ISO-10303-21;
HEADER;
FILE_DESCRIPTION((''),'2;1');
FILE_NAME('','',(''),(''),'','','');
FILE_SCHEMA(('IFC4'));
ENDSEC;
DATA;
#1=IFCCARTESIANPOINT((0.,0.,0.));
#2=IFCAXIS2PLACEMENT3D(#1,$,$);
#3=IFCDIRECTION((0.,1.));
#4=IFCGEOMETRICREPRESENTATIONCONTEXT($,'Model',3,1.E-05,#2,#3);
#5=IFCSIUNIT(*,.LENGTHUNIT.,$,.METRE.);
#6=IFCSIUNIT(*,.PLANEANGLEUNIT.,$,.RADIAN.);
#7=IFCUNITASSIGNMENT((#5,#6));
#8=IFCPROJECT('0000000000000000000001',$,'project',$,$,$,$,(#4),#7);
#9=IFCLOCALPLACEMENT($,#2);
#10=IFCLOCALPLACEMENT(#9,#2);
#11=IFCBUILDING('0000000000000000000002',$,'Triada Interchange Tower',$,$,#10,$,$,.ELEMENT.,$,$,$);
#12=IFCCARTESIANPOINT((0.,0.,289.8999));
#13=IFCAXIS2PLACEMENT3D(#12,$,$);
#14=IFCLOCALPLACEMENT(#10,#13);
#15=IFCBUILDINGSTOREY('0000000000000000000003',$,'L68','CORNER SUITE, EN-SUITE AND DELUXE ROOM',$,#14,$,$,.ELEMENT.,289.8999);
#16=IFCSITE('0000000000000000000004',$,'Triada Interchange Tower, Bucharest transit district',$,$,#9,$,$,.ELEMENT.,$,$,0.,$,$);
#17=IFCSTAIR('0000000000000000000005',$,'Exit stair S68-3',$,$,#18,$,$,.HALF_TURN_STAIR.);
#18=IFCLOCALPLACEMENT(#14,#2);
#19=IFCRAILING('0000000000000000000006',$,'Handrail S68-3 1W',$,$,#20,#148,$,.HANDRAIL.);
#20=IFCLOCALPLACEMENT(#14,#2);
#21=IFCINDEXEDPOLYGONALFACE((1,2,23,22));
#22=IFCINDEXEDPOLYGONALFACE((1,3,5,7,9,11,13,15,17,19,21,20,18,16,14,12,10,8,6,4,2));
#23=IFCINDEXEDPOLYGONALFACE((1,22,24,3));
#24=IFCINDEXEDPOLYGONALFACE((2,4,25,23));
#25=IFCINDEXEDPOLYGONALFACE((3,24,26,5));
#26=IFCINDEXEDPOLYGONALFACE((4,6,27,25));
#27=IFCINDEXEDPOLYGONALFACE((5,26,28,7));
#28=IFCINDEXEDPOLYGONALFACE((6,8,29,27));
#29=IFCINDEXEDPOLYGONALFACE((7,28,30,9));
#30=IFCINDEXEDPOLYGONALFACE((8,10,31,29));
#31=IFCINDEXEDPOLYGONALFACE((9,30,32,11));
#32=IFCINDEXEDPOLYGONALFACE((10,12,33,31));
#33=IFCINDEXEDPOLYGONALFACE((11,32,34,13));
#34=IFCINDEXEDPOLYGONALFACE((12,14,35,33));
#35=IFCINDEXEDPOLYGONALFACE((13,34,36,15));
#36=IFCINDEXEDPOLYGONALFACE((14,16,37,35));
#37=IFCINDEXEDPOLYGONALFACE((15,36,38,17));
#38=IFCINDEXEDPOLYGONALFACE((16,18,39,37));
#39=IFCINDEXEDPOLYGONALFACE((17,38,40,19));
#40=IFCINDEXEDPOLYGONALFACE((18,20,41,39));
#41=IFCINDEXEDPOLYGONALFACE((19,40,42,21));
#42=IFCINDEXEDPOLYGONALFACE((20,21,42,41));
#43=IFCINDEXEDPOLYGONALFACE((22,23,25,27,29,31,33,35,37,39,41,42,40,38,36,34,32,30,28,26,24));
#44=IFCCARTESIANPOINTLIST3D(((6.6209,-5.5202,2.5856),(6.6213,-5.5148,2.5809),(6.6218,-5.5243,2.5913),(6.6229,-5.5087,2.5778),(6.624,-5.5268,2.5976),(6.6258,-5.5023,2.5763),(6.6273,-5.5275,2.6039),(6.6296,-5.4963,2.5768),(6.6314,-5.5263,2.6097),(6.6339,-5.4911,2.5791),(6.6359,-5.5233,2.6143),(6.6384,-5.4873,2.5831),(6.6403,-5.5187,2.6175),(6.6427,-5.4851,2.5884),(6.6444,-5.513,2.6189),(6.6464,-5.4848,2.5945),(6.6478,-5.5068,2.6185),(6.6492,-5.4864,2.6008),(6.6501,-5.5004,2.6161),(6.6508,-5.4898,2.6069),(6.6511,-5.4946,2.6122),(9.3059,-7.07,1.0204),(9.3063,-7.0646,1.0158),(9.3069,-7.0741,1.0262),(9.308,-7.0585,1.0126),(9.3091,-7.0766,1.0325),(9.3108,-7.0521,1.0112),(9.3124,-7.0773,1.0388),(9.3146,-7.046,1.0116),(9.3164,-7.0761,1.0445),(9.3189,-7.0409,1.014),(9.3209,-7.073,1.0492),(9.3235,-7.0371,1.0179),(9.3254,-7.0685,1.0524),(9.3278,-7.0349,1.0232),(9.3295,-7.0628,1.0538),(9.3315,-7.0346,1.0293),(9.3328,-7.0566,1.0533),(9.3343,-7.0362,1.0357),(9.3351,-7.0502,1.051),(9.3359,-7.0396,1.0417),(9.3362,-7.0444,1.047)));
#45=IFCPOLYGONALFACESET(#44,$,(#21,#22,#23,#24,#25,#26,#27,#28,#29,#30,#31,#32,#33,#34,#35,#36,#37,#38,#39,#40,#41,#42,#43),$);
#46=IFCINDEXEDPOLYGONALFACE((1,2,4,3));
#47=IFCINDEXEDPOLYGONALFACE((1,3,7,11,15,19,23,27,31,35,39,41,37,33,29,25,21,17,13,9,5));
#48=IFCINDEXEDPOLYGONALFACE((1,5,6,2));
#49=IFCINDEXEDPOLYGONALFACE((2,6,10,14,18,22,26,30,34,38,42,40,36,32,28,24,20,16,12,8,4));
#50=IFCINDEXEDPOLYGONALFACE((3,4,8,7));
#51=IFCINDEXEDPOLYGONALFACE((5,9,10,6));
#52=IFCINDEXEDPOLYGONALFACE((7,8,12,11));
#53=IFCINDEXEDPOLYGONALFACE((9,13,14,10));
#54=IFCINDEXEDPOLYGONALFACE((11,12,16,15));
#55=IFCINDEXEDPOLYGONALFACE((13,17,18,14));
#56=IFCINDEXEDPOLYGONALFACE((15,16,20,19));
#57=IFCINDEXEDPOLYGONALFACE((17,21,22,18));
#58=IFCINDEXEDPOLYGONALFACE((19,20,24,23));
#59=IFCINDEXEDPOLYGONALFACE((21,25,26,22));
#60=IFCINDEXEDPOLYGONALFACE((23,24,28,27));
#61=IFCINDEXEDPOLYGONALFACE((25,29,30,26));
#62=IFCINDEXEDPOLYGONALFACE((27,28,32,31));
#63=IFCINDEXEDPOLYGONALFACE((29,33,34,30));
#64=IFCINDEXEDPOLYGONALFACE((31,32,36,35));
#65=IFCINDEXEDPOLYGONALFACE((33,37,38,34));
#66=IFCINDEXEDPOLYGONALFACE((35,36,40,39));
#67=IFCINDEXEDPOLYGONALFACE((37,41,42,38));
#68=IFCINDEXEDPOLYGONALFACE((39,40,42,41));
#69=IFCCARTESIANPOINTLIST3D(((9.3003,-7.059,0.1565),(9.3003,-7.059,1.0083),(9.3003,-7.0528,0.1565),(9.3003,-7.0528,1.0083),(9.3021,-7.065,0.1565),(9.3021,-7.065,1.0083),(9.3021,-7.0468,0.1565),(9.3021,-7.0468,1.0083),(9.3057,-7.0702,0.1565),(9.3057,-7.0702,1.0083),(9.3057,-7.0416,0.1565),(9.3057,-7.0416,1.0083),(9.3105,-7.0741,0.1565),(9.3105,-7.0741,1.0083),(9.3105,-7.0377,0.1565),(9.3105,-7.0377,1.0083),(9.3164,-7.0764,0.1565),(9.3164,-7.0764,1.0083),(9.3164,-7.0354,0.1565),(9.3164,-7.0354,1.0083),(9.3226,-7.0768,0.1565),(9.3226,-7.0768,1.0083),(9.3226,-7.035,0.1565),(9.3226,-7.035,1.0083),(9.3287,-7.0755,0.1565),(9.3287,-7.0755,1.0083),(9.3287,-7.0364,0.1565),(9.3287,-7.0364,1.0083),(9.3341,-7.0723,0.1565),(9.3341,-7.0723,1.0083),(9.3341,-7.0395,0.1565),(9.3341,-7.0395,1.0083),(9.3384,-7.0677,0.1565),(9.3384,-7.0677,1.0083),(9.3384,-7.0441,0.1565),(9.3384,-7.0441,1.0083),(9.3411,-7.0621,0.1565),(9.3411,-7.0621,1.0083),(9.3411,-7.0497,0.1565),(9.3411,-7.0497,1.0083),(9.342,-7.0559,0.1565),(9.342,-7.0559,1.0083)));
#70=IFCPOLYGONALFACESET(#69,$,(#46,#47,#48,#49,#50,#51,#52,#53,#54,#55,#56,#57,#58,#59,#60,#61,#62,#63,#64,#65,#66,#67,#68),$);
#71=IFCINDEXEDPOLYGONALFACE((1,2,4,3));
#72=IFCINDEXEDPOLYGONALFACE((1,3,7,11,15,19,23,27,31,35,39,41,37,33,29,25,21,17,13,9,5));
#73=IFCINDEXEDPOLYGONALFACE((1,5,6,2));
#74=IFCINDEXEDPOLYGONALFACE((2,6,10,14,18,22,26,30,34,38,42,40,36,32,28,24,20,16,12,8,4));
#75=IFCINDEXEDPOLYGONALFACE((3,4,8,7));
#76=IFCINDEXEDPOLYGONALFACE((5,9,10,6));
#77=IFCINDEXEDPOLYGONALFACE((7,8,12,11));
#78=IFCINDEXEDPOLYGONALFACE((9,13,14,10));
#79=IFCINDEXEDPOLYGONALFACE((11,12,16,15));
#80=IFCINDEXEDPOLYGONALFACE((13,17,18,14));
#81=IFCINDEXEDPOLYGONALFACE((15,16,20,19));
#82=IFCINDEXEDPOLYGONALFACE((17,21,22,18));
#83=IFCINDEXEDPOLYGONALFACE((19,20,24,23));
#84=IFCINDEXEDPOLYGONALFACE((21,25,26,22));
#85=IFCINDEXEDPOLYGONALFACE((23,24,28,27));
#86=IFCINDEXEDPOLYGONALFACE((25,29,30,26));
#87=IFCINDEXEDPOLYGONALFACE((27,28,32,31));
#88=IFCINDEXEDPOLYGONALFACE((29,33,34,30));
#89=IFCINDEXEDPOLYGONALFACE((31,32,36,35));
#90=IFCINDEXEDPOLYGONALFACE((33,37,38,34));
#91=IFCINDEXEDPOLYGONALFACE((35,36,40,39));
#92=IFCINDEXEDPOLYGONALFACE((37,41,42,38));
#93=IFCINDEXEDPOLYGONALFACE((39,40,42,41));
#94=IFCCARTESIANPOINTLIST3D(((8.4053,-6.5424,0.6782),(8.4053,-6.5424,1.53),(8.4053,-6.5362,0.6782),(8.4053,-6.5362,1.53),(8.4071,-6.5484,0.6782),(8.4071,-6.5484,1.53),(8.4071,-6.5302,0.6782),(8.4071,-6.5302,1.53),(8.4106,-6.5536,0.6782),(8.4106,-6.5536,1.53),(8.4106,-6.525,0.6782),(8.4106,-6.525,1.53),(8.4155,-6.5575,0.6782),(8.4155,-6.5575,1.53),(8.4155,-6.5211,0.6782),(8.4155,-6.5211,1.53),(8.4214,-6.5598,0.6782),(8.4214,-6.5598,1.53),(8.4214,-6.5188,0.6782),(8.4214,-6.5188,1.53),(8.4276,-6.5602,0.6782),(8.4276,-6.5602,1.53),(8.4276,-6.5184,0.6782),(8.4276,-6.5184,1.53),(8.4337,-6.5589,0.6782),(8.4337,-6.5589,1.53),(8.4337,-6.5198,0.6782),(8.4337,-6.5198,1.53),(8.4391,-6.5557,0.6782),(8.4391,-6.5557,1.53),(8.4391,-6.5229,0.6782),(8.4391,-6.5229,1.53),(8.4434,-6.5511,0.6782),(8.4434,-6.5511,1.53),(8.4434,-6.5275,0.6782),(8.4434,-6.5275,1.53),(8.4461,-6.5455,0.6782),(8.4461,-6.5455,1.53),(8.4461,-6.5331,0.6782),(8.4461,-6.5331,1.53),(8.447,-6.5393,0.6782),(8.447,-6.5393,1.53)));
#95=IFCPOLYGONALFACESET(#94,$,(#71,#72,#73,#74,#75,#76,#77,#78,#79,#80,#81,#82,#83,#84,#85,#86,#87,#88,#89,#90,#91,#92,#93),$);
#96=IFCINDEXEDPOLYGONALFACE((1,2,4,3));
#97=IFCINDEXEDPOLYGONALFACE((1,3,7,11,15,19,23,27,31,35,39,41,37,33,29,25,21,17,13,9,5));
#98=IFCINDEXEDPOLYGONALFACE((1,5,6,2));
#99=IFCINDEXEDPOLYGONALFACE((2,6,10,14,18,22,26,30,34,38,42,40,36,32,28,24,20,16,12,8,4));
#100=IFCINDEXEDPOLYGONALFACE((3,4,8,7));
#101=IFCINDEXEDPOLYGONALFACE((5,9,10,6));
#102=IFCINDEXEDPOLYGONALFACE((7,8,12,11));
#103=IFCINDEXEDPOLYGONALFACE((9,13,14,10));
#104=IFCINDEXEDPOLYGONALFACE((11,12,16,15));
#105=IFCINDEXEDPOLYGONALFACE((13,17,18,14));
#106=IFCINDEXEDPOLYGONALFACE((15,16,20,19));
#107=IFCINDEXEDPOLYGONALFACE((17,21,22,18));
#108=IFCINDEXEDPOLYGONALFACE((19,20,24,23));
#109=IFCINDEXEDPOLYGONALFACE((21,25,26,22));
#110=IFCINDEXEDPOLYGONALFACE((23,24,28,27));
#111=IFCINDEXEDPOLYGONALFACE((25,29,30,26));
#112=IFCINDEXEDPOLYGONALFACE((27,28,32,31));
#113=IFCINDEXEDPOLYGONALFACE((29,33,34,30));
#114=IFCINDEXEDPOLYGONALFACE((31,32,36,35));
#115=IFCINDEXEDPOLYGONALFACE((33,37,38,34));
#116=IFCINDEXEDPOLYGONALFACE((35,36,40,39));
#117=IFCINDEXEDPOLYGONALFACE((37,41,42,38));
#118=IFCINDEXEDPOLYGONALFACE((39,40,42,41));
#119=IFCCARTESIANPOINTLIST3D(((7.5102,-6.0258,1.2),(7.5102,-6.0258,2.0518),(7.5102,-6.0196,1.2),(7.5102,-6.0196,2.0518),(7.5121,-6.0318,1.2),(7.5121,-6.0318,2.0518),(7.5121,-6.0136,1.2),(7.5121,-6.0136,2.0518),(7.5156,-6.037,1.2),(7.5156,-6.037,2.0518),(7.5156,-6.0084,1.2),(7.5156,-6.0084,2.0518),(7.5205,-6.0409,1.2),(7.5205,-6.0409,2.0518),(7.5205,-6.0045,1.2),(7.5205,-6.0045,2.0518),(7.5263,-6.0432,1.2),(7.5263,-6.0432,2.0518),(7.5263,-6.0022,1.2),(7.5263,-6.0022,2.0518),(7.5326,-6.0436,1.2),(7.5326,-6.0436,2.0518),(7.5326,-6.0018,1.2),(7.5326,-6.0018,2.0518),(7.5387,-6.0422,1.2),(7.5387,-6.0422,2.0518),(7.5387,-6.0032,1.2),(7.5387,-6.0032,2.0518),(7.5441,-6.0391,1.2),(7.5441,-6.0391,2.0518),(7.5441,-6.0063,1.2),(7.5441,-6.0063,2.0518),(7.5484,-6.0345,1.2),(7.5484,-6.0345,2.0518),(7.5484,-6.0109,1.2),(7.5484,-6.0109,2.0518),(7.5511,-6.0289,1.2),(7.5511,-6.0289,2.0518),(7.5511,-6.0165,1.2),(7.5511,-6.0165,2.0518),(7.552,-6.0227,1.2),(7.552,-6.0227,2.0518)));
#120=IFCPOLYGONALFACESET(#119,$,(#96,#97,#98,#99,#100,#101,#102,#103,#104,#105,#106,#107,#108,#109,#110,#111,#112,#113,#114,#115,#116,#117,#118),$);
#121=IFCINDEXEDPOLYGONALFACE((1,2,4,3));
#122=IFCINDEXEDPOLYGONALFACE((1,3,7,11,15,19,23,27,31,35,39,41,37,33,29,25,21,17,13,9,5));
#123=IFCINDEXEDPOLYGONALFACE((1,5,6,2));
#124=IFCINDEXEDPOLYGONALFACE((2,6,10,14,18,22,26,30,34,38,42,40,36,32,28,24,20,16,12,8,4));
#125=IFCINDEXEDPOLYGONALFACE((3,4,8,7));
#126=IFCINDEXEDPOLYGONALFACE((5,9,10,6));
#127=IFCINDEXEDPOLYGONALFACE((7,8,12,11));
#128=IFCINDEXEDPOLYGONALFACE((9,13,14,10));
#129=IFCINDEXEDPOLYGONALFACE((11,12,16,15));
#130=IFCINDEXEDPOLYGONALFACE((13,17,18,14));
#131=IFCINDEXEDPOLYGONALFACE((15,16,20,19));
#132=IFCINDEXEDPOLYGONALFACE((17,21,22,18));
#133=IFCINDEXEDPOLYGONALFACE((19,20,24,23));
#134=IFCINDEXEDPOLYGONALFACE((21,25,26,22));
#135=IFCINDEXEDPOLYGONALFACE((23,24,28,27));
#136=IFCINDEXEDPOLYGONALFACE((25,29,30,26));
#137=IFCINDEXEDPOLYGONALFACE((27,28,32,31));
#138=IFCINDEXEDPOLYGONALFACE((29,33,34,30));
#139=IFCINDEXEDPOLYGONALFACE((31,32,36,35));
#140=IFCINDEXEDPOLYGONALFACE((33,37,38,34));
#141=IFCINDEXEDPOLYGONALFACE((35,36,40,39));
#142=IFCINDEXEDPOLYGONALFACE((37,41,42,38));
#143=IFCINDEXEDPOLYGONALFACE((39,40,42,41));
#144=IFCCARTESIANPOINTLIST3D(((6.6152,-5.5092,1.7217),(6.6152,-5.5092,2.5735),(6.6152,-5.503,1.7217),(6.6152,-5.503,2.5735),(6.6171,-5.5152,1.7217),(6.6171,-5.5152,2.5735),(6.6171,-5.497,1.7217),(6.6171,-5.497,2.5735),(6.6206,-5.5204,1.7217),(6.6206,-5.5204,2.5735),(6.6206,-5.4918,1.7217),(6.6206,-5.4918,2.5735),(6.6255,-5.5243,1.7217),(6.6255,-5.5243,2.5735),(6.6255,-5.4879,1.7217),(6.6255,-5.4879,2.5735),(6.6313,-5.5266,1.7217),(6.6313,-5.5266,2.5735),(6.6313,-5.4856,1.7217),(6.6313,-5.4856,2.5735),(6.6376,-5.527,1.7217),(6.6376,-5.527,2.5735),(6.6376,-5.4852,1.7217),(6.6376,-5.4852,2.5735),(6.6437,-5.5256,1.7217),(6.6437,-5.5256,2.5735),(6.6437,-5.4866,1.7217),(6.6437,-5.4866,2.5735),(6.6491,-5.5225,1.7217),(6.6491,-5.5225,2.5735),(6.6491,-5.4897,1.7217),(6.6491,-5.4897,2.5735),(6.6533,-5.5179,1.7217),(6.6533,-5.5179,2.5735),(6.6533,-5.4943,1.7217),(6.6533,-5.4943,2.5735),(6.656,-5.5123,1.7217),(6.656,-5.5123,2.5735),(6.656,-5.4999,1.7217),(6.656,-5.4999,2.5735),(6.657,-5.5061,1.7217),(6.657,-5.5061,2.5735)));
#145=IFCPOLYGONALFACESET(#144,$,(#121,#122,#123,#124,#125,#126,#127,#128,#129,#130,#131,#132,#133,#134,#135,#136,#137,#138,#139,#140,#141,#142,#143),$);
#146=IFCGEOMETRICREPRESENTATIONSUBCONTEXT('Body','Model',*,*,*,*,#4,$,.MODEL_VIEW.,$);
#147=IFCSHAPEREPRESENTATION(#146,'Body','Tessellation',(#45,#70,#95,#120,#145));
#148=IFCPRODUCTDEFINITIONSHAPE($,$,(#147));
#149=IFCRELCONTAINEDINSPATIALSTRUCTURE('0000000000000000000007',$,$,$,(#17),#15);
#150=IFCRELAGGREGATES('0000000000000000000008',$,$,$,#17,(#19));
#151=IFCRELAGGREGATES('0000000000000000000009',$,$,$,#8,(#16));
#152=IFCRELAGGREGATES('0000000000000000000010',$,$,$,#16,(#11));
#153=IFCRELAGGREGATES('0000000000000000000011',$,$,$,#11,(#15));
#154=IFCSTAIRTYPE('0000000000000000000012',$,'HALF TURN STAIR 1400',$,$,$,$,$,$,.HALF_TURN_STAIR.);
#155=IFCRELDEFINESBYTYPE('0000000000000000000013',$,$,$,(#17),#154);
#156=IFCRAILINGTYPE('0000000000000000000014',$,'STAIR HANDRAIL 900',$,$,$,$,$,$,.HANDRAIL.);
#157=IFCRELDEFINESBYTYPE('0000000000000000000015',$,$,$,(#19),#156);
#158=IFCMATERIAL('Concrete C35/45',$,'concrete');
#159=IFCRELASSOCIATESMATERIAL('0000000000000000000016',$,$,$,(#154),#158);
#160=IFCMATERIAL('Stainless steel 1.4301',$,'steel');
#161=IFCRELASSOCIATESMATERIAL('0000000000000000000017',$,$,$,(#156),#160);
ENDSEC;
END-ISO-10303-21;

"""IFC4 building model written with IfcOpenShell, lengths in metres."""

from ifc_helpers import new_model, si_unit, direction, frame, origin, origin_2d, place, context, subcontext, project, spatial, circle, extrude, material, type_object, element, aggregate, save


model = new_model("IFC4")

# Units and contexts
model_context = context("Model", 3, precision=1e-05, world=origin(), true_north=direction((0.0, 1.0)))
body_context = subcontext(model_context, "Body", "Model", "MODEL_VIEW")
ifc_project = project(units=[si_unit("LENGTHUNIT", "METRE"), si_unit("PLANEANGLEUNIT", "RADIAN")], contexts=[model_context])

# Site, building, storey
site_placement = place(None, origin())
site = spatial("IfcSite", under=ifc_project, at=site_placement, Name="Triada Interchange Tower, Bucharest transit district", CompositionType="ELEMENT", RefElevation=0.0)
building_placement = place(site_placement, origin())
building = spatial("IfcBuilding", under=site, at=building_placement, Name="Triada Interchange Tower", CompositionType="ELEMENT")
storey_placement = place(building_placement, frame((0.0, 0.0, 289.8999)))
storey = spatial("IfcBuildingStorey", under=building, at=storey_placement, Name="L68", Description="CORNER SUITE, EN-SUITE AND DELUXE ROOM", CompositionType="ELEMENT", Elevation=289.8999)

# Stair, railing
ifc_material_1 = material(Name="Concrete C35/45", Category="concrete")
stair_type = type_object("IfcStairType", Name="HALF TURN STAIR 1400", PredefinedType="HALF_TURN_STAIR", material=ifc_material_1)
stair_placement = place(storey_placement, origin())
stair = element("IfcStair", 1, at=stair_placement, inside=storey, type_object=stair_type, Name="Exit stair S68-3", PredefinedType="HALF_TURN_STAIR")
ifc_material_2 = material(Name="Stainless steel 1.4301", Category="steel")
railing_type = type_object("IfcRailingType", Name="STAIR HANDRAIL 900", PredefinedType="HANDRAIL", material=ifc_material_2)
railing_1_placement = place(storey_placement, frame((9.321, -7.0559, 0.1565)))
railing_1 = element("IfcRailing", 2, at=railing_1_placement, type_object=railing_type, Name="Handrail S68-3 1W", PredefinedType="HANDRAIL", context=body_context, shape_type="SweptSolid", body=[
    extrude(circle(Radius=0.0239, at=origin_2d()), frame((0.0, 0.0, 0.876), z_axis=(-0.773139, 0.446253, 0.450682), x_axis=(-0.4999, -0.866083, 0.0)), (0.0, 0.0, 1.0), 3.4729),
    extrude(circle(Radius=0.021, at=origin_2d()), origin(), (0.0, 0.0, 1.0), 0.8518),
    extrude(circle(Radius=0.021, at=origin_2d()), frame((-0.895, 0.5166, 0.5217)), (0.0, 0.0, 1.0), 0.8518),
    extrude(circle(Radius=0.021, at=origin_2d()), frame((-1.79, 1.0332, 1.0435)), (0.0, 0.0, 1.0), 0.8518),
    extrude(circle(Radius=0.021, at=origin_2d()), frame((-2.6851, 1.5498, 1.5652)), (0.0, 0.0, 1.0), 0.8518),
])
aggregate(stair, [railing_1])

save(model, "model.ifc")
